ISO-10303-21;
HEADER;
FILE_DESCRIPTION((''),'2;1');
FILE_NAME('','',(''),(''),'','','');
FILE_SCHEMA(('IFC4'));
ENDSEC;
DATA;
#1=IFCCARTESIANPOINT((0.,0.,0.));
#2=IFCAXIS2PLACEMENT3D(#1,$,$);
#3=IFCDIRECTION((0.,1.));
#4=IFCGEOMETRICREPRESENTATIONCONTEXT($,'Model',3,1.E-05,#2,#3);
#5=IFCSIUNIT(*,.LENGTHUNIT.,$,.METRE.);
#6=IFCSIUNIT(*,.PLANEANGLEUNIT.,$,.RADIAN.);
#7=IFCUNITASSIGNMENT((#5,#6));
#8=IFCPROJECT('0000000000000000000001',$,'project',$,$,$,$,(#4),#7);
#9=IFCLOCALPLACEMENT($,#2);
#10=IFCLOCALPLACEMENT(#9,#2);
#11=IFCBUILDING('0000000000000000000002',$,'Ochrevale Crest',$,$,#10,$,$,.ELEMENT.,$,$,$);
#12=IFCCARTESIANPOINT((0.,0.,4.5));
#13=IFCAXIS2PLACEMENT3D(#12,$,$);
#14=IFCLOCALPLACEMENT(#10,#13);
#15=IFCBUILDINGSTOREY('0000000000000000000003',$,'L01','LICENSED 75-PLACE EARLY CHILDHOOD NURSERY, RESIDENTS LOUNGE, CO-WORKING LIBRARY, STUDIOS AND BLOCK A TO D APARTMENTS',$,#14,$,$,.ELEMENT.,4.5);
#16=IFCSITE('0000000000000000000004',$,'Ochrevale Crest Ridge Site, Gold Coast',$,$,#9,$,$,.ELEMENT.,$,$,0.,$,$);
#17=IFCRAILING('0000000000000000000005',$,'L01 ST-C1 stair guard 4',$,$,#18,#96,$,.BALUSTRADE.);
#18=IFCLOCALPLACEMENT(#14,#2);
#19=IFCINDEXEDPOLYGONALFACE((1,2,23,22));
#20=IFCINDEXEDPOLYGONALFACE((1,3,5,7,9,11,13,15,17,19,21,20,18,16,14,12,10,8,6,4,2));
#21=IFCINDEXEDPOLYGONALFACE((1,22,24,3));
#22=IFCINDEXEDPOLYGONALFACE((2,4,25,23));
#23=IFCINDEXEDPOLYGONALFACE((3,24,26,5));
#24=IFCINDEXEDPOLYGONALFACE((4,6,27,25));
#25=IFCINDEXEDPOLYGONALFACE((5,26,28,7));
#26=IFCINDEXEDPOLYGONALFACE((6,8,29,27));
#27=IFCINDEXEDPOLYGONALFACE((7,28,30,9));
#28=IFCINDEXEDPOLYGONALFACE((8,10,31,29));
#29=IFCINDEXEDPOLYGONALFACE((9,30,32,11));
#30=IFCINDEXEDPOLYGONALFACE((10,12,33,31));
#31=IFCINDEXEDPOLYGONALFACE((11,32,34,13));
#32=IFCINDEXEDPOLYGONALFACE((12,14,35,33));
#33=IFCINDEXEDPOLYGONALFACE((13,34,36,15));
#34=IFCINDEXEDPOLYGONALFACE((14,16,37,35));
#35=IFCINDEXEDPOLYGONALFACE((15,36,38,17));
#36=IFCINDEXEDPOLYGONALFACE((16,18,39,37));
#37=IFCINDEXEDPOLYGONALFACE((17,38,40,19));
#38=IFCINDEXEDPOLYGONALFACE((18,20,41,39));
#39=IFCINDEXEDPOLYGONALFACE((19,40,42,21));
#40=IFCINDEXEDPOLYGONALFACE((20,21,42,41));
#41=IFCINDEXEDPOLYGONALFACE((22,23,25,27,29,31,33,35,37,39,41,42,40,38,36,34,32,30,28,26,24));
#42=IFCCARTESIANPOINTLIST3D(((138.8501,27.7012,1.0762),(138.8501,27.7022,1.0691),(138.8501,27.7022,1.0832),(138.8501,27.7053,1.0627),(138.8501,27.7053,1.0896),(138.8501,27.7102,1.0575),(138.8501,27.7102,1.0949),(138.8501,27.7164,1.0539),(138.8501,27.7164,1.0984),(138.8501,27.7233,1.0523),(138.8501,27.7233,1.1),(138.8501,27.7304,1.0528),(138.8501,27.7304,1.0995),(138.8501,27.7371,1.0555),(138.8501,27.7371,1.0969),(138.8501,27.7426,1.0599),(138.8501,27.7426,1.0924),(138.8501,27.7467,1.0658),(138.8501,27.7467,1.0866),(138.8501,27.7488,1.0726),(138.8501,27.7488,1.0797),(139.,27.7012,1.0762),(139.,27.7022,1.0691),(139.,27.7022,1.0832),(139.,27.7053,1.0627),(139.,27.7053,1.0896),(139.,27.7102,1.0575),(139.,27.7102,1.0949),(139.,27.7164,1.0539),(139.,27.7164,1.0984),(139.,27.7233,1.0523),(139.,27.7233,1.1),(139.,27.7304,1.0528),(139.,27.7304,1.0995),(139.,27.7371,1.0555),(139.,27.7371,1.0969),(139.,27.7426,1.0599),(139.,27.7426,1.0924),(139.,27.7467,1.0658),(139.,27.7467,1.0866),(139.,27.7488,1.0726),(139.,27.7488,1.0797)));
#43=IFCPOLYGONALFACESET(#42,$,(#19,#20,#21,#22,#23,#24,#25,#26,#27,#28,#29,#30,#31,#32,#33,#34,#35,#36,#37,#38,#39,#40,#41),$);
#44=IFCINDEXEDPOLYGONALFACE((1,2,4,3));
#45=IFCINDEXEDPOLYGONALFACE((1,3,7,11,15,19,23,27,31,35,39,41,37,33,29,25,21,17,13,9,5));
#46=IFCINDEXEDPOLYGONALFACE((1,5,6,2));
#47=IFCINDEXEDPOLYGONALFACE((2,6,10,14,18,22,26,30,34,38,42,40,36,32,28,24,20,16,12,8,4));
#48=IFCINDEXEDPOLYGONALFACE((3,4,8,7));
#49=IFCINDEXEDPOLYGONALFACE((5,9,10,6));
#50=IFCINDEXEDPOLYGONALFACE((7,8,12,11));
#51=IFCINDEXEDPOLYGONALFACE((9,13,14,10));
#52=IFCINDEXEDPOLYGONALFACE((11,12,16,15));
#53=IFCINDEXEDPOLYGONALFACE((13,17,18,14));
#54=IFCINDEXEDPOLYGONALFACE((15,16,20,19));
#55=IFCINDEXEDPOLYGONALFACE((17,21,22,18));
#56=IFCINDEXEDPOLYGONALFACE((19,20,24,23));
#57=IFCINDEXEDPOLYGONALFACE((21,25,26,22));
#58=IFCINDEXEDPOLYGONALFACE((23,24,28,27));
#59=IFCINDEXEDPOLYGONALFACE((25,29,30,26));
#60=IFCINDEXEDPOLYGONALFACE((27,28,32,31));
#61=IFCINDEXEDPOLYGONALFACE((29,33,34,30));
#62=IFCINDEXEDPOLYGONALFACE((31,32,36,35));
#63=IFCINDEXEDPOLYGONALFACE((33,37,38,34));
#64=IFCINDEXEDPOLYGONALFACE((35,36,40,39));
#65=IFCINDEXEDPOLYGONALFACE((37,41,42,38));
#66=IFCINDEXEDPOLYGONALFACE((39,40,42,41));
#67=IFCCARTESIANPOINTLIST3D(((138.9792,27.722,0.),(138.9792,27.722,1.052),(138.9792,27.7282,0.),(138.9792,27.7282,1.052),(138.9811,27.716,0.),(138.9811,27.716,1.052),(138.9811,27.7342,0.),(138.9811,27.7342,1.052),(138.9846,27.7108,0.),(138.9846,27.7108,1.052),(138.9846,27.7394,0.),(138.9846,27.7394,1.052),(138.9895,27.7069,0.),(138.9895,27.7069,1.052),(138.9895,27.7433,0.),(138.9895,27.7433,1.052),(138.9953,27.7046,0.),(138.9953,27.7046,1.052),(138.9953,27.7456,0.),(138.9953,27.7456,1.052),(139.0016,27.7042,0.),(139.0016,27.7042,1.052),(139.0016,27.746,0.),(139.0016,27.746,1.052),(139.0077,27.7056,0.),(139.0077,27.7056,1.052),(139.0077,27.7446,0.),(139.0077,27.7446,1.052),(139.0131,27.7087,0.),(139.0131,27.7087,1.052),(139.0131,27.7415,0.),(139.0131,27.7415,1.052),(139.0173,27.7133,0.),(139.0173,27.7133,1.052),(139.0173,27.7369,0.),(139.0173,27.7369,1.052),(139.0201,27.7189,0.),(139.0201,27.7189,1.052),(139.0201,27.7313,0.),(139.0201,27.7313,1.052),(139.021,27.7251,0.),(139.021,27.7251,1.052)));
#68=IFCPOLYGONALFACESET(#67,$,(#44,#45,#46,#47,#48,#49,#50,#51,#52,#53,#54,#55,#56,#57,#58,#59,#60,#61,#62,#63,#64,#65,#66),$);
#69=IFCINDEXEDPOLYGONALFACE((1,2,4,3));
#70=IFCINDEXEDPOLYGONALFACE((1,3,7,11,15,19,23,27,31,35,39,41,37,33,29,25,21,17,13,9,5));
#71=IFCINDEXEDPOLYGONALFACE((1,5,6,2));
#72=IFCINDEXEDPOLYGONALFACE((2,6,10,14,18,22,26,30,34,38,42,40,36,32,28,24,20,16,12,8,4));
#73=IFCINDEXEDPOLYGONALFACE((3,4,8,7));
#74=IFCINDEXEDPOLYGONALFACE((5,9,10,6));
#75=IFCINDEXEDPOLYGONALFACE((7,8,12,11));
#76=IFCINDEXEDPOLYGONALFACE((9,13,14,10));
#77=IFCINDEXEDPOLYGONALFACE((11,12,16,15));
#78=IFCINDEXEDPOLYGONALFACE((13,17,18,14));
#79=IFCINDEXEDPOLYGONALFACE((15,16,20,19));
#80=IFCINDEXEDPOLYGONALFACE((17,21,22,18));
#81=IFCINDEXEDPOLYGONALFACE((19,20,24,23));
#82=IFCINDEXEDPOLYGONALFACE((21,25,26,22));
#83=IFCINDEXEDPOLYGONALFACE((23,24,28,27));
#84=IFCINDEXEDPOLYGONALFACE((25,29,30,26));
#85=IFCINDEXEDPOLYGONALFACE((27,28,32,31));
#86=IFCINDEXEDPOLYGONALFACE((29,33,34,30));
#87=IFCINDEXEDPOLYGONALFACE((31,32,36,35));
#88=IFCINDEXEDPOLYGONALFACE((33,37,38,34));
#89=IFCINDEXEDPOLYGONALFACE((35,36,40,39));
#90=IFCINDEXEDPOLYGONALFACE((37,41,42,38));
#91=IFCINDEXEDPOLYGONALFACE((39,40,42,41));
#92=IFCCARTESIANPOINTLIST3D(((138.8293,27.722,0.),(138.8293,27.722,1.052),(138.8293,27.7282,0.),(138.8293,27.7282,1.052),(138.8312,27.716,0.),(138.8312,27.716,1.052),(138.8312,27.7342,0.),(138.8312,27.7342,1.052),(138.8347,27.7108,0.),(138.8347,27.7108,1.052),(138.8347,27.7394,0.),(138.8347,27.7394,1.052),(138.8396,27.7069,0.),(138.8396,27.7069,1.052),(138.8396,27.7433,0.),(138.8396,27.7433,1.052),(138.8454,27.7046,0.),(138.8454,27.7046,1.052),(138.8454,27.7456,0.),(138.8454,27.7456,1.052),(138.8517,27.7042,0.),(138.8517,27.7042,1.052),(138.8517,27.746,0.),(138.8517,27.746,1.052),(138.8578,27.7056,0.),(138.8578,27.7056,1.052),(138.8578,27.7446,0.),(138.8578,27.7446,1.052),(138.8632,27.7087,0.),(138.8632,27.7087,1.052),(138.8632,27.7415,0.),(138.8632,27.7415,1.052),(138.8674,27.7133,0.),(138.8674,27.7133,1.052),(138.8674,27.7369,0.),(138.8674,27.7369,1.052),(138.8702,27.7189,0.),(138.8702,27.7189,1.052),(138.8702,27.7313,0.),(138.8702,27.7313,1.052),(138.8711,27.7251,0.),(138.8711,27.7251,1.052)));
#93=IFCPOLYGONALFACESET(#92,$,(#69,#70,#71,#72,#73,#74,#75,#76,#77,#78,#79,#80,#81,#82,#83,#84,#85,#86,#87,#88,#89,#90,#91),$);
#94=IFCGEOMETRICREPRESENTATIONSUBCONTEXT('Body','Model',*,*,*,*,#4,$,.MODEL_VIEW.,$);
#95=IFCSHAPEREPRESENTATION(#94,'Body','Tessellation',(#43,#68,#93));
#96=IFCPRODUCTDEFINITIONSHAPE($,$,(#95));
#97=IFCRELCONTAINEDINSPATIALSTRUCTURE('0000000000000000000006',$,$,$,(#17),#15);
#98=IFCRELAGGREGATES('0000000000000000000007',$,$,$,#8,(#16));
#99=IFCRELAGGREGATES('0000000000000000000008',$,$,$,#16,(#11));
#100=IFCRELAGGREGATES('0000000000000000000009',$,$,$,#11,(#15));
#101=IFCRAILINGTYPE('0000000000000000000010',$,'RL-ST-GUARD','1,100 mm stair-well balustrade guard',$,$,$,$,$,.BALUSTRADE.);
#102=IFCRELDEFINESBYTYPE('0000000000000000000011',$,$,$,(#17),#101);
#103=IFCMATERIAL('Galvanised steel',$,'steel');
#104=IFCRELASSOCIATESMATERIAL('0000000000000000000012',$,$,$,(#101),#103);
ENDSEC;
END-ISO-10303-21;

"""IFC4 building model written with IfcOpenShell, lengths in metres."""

from ifc_helpers import new_model, si_unit, direction, frame, origin, origin_2d, place, context, subcontext, project, spatial, circle, extrude, material, type_object, element, save


model = new_model("IFC4")

# Units and contexts
model_context = context("Model", 3, precision=1e-05, world=origin(), true_north=direction((0.0, 1.0)))
body_context = subcontext(model_context, "Body", "Model", "MODEL_VIEW")
ifc_project = project(units=[si_unit("LENGTHUNIT", "METRE"), si_unit("PLANEANGLEUNIT", "RADIAN")], contexts=[model_context])

# Site, building, storey
site_placement = place(None, origin())
site = spatial("IfcSite", under=ifc_project, at=site_placement, Name="Ochrevale Crest Ridge Site, Gold Coast", CompositionType="ELEMENT", RefElevation=0.0)
building_placement = place(site_placement, origin())
building = spatial("IfcBuilding", under=site, at=building_placement, Name="Ochrevale Crest", CompositionType="ELEMENT")
storey_placement = place(building_placement, frame((0.0, 0.0, 4.5)))
storey = spatial("IfcBuildingStorey", under=building, at=storey_placement, Name="L01", Description="LICENSED 75-PLACE EARLY CHILDHOOD NURSERY, RESIDENTS LOUNGE, CO-WORKING LIBRARY, STUDIOS AND BLOCK A TO D APARTMENTS", CompositionType="ELEMENT", Elevation=4.5)

# Railing
ifc_material_1 = material(Name="Galvanised steel", Category="steel")
railing_type_1 = type_object("IfcRailingType", Name="RL-ST-GUARD", Description="1,100 mm stair-well balustrade guard", PredefinedType="BALUSTRADE", material=ifc_material_1)
railing_1_placement = place(storey_placement, frame((139.0, 27.7251, 0.0)))
element("IfcRailing", 1, at=railing_1_placement, inside=storey, type_object=railing_type_1, Name="L01 ST-C1 stair guard 4", PredefinedType="BALUSTRADE", context=body_context, shape_type="SweptSolid", body=[
    extrude(circle(Radius=0.0239, at=origin_2d()), frame((0.0, 0.0, 1.0762), z_axis=(-1.0, 0.0, 0.0), x_axis=(0.0, -1.0, 0.0)), (0.0, 0.0, 1.0), 0.1499),
    extrude(circle(Radius=0.021, at=origin_2d()), origin(), (0.0, 0.0, 1.0), 1.052),
    extrude(circle(Radius=0.021, at=origin_2d()), frame((-0.1499, 0.0, 0.0)), (0.0, 0.0, 1.0), 1.052),
])

save(model, "model.ifc")
